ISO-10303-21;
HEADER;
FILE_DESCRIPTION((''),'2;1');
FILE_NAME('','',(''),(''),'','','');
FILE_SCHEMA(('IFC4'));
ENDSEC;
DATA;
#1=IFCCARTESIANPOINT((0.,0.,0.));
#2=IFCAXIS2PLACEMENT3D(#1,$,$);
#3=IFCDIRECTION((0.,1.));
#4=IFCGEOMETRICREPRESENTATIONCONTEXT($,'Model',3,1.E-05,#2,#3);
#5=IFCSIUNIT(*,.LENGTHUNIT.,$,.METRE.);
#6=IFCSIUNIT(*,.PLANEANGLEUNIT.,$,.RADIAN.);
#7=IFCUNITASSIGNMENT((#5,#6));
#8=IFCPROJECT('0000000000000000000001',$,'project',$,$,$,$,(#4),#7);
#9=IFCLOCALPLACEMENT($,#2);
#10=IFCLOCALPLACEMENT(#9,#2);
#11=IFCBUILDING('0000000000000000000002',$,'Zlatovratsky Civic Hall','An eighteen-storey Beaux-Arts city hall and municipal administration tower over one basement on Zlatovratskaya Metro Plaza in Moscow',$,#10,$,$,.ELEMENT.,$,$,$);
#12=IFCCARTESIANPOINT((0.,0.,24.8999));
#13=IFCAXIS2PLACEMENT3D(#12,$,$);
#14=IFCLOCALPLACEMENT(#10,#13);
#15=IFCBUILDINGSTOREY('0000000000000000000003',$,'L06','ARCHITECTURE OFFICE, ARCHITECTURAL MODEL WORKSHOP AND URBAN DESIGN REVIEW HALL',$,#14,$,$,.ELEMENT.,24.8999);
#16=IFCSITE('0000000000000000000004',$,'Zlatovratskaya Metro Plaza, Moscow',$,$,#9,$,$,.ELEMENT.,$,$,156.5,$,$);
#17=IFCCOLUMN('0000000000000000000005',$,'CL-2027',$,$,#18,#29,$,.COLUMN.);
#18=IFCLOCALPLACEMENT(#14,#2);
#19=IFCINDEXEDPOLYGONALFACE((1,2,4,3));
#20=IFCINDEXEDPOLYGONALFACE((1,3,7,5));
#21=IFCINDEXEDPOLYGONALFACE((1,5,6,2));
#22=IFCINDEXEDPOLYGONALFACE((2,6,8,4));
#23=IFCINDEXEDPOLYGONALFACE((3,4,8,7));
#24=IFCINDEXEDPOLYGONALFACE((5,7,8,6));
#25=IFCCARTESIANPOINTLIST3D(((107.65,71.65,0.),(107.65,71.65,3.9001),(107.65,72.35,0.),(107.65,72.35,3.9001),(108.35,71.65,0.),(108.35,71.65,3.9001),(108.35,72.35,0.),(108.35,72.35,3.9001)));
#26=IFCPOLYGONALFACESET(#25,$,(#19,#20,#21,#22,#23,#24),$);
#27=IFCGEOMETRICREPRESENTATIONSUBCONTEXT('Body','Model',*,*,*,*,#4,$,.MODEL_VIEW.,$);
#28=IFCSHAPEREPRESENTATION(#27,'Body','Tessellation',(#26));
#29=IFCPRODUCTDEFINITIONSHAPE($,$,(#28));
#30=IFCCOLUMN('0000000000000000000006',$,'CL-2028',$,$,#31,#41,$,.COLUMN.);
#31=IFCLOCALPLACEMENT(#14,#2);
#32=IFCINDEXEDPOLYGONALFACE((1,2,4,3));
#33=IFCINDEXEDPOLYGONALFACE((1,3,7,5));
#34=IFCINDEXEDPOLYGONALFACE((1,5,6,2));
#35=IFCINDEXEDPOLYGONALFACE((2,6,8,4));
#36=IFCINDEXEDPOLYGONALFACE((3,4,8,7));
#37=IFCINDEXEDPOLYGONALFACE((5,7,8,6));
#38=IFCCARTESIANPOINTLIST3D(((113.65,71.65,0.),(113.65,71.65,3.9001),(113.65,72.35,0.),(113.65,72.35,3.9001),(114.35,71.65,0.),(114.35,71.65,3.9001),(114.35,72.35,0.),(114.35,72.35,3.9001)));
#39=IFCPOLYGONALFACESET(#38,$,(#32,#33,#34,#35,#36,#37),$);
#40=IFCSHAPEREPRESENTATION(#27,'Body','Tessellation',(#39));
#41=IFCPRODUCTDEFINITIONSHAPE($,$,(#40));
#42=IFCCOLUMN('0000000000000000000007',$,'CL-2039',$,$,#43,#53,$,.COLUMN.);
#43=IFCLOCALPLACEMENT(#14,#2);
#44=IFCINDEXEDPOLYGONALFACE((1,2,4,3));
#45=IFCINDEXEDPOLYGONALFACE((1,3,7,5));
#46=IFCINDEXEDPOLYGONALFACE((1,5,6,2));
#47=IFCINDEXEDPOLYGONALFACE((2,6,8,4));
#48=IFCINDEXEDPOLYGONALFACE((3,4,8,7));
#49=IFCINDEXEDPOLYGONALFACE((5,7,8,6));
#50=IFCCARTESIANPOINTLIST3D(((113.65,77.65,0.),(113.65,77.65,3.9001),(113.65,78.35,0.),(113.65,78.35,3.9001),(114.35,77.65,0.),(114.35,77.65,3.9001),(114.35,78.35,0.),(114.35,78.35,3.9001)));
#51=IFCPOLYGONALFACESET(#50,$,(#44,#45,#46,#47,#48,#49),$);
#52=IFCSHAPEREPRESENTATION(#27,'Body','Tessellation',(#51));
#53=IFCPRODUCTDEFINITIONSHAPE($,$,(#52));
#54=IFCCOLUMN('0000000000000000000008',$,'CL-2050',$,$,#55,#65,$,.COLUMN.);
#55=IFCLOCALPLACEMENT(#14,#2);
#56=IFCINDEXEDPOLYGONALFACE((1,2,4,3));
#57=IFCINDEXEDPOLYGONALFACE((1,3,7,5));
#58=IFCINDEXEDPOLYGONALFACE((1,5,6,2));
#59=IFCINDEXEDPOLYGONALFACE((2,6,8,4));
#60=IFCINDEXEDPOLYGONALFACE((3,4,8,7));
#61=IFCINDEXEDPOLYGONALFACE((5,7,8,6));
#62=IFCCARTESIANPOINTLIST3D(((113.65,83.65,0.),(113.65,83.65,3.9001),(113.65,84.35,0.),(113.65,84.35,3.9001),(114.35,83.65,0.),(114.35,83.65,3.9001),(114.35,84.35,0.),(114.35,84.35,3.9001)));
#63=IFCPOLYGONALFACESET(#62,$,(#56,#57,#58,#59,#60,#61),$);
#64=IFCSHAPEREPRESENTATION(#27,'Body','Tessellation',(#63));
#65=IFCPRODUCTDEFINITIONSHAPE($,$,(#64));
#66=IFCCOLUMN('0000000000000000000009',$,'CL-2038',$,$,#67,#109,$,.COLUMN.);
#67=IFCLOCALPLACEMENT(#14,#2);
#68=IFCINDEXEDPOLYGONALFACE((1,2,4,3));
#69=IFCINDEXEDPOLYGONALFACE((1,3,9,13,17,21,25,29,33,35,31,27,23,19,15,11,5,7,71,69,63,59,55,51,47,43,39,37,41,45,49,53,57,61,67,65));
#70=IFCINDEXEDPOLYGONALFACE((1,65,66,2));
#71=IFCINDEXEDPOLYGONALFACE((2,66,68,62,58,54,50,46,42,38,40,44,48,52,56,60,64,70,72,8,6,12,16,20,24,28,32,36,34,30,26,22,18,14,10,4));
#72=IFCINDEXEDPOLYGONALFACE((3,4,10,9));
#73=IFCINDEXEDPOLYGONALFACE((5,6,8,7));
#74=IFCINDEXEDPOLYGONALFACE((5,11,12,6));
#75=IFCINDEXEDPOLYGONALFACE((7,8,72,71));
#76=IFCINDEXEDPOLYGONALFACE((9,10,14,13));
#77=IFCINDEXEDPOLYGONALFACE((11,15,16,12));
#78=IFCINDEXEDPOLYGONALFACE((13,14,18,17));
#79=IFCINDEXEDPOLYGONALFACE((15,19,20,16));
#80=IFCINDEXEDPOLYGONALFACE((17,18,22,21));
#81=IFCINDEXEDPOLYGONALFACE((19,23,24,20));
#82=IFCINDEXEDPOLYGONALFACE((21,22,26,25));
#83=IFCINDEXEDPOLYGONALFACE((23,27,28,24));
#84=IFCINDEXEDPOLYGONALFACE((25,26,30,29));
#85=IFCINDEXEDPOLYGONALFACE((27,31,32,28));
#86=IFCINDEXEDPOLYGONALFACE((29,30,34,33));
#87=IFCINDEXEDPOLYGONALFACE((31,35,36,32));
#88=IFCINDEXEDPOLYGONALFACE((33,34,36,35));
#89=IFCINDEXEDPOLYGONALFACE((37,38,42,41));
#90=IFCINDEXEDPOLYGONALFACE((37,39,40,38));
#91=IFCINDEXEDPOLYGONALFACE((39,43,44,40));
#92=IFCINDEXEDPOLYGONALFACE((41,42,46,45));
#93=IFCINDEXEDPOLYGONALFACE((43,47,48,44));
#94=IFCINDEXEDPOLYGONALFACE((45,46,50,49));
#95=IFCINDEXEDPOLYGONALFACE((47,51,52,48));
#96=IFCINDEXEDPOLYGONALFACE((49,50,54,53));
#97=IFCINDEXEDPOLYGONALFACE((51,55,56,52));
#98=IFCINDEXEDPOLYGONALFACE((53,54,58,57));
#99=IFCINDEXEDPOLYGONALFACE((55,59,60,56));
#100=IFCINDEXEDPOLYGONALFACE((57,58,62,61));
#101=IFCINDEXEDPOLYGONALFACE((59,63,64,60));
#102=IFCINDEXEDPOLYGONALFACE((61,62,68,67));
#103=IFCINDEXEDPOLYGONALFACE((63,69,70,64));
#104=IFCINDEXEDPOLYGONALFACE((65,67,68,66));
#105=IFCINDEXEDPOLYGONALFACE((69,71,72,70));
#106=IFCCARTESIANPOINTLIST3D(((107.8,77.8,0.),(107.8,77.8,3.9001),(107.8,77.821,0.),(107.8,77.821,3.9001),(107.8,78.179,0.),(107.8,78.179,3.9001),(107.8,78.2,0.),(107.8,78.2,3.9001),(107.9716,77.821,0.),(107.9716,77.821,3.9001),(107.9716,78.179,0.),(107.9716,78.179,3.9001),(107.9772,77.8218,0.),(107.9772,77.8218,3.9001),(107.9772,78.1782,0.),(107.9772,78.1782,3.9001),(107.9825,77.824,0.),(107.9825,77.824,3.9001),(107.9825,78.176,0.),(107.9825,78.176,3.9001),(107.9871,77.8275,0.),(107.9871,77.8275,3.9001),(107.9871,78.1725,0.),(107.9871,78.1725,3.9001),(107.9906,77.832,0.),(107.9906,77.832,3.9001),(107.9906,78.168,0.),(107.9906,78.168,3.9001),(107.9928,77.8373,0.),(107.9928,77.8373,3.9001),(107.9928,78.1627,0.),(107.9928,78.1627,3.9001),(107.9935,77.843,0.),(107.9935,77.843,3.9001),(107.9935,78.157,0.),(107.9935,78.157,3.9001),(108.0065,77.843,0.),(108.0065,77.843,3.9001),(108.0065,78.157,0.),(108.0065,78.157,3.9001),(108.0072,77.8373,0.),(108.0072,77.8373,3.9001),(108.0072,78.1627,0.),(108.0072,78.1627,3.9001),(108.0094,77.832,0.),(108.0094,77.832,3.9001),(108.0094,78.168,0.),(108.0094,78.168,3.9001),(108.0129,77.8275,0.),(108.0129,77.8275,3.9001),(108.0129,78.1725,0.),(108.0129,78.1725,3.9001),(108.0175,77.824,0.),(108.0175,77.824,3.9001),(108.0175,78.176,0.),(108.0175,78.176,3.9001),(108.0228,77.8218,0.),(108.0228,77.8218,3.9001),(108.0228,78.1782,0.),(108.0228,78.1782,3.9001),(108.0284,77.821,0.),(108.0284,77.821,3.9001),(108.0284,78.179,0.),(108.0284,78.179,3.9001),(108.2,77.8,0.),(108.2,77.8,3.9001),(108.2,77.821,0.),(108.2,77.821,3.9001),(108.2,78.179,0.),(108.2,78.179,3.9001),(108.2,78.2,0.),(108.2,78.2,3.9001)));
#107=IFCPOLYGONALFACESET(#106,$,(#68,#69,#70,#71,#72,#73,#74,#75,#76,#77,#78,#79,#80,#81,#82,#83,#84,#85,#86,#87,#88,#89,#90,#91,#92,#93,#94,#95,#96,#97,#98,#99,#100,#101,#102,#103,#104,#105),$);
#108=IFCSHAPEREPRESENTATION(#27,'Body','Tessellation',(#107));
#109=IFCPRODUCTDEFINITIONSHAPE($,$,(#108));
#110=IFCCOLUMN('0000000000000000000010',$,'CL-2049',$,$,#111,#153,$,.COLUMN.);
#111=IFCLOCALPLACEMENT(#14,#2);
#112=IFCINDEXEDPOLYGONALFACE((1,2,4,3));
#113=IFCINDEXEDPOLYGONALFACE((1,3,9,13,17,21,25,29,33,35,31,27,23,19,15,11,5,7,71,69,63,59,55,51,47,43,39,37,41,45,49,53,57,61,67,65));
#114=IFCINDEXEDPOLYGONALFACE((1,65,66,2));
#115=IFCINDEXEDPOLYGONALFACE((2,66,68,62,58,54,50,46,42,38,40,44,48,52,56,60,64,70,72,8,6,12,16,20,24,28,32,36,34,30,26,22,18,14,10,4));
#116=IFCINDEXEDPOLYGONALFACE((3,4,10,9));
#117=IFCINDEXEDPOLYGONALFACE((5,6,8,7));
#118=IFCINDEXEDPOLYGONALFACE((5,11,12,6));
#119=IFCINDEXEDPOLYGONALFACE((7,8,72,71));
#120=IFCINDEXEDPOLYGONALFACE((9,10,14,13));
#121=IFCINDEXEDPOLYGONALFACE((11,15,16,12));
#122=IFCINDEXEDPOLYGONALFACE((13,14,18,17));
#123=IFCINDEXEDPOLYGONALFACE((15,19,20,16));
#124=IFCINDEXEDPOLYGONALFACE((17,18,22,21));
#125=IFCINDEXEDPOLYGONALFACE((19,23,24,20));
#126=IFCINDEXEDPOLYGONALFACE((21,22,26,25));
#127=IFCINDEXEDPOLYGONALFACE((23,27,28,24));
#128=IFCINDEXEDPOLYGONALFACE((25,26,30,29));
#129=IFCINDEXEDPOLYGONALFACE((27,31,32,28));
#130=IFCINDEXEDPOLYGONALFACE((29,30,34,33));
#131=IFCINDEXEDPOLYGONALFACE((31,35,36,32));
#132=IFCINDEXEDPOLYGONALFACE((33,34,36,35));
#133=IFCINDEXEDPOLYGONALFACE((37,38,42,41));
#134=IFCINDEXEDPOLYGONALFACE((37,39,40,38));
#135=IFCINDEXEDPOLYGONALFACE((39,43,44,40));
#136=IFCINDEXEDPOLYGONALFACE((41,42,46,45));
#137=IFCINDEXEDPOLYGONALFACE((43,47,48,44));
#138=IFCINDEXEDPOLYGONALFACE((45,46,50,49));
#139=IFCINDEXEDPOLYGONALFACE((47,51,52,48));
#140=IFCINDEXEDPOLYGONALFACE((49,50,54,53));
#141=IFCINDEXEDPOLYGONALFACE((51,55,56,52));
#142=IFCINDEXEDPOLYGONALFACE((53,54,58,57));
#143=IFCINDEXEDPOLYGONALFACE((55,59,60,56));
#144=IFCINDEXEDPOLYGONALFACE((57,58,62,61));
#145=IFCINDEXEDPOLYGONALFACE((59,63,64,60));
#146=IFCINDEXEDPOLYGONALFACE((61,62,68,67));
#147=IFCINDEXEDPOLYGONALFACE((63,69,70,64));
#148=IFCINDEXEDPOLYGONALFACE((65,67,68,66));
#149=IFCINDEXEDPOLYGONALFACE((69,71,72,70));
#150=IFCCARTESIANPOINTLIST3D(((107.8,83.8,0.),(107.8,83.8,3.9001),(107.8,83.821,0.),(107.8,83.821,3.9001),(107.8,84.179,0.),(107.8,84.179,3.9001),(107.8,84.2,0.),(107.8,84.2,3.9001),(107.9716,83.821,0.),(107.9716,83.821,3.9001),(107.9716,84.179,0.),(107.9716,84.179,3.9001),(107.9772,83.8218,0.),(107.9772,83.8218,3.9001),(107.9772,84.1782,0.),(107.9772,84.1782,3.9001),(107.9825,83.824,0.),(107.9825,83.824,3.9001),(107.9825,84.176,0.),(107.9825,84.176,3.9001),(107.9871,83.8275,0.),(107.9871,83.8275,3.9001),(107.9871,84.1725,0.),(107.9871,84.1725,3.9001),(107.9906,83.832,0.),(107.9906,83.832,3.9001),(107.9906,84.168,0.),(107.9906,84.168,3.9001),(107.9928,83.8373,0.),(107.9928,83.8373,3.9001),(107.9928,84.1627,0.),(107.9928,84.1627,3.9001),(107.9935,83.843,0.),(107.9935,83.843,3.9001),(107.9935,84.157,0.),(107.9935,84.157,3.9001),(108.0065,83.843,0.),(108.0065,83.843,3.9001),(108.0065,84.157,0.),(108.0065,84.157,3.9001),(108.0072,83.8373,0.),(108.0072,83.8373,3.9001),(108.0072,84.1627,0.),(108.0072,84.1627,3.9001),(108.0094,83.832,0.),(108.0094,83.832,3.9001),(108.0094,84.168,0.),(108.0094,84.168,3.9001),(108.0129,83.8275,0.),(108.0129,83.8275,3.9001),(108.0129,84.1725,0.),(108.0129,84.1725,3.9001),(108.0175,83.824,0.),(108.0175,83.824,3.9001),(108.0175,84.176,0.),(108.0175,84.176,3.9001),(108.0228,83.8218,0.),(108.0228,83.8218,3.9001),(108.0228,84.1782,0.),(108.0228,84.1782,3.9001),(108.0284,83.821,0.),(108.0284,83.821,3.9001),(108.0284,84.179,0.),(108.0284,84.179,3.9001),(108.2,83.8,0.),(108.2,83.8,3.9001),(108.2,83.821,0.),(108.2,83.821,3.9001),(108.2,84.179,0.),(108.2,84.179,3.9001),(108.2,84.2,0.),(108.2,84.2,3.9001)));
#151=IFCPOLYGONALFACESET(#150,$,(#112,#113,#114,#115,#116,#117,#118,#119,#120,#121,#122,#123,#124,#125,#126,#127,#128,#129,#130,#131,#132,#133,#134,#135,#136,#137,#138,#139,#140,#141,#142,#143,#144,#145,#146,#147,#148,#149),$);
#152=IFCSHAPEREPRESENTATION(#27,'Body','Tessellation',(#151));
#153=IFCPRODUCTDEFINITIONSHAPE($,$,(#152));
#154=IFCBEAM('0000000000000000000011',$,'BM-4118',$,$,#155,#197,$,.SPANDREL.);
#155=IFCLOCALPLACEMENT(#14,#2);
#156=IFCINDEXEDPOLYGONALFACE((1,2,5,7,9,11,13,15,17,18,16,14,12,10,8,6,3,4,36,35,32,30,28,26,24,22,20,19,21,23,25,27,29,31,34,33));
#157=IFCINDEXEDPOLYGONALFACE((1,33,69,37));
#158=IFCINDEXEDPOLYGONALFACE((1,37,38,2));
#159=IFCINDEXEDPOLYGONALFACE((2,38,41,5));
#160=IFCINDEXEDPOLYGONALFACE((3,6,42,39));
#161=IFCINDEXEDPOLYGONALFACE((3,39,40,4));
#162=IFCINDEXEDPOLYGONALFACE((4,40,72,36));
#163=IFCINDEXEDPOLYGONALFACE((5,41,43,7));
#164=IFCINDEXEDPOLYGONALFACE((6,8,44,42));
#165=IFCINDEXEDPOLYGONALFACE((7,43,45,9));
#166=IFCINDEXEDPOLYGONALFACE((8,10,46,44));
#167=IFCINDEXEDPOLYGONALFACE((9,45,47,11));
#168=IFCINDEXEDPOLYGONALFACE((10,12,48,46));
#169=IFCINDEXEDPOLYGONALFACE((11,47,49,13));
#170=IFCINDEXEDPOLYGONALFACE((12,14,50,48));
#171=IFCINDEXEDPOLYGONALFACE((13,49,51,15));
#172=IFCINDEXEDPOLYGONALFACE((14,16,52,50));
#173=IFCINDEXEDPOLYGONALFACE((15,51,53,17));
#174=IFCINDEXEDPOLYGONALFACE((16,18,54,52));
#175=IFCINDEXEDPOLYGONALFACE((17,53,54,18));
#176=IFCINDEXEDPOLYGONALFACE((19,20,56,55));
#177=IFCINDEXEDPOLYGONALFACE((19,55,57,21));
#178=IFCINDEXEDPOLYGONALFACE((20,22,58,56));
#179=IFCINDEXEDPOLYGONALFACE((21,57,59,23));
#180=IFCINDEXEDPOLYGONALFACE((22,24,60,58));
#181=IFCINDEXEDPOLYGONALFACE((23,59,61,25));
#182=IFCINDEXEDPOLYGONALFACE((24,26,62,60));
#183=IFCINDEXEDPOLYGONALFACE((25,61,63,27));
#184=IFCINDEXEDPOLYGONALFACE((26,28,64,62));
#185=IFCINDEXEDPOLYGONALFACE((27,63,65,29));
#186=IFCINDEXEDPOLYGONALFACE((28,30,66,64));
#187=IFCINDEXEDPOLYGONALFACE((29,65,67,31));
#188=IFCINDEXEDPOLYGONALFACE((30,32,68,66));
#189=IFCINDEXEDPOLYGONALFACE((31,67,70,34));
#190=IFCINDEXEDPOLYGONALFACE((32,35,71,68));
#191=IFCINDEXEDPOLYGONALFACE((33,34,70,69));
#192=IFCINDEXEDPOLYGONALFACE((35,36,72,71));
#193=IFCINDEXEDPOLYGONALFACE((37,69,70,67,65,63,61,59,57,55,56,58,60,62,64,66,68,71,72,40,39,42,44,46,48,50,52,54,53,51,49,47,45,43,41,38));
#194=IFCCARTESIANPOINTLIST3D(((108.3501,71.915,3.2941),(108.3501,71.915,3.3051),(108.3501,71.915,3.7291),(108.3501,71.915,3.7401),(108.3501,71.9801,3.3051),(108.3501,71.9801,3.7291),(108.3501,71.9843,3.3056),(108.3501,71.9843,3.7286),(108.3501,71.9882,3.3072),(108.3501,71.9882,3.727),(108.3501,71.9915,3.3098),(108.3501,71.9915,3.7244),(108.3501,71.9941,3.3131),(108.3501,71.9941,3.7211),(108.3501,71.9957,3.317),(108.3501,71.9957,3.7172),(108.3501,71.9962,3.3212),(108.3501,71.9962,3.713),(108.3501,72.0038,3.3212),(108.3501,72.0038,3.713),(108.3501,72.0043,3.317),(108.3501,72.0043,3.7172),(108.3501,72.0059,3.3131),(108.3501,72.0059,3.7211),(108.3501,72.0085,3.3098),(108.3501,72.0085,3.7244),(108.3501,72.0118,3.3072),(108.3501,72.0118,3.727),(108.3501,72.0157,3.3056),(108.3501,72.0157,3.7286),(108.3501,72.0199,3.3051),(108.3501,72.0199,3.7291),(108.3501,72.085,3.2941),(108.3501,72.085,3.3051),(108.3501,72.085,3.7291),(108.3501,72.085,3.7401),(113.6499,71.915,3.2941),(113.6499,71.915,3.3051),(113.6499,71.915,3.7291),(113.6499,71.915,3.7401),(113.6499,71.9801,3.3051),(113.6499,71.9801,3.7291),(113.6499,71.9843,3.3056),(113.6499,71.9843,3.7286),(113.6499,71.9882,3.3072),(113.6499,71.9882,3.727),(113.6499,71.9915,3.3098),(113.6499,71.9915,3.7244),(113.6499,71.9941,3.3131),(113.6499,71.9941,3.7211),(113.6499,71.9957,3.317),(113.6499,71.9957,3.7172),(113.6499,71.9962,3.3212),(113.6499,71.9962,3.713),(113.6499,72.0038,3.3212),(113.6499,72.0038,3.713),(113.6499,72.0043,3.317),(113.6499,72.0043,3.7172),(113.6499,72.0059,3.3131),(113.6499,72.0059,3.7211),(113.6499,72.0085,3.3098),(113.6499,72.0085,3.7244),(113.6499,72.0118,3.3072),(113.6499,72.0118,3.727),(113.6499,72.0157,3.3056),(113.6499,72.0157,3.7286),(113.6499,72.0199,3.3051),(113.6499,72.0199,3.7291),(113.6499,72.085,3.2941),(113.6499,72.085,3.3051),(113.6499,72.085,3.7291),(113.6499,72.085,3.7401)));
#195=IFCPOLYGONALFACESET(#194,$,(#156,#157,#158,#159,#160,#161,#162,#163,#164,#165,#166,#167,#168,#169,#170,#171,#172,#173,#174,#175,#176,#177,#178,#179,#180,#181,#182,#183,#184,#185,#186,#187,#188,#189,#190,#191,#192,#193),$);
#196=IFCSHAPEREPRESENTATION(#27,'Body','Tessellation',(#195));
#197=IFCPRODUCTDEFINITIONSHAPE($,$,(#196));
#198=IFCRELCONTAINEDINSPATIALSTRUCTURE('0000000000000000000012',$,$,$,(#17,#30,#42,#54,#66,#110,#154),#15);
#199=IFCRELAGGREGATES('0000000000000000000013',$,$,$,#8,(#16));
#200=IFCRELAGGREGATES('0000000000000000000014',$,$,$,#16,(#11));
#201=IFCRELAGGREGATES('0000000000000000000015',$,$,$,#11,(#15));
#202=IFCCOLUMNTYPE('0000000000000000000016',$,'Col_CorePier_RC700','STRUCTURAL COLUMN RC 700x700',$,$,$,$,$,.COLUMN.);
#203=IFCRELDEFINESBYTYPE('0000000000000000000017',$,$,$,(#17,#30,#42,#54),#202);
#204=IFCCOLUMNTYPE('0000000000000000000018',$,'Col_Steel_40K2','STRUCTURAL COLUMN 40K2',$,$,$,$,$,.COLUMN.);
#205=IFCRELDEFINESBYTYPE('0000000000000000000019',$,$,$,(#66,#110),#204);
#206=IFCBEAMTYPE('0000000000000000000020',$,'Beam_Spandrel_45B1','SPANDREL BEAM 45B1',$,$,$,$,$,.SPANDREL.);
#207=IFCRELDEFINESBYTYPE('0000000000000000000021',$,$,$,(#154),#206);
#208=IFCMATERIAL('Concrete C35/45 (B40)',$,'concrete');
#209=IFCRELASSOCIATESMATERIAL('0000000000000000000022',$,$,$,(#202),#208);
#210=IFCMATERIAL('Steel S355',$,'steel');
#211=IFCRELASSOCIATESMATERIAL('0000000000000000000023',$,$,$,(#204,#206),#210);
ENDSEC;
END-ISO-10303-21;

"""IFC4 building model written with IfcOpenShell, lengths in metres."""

from ifc_helpers import new_model, si_unit, direction, frame, origin, origin_2d, place, context, subcontext, project, spatial, rectangle, i_section, extrude, material, material_profile, profile_set, type_object, element, save


model = new_model("IFC4")

# Units and contexts
model_context = context("Model", 3, precision=1e-05, world=origin(), true_north=direction((0.0, 1.0)))
body_context = subcontext(model_context, "Body", "Model", "MODEL_VIEW")
ifc_project = project(units=[si_unit("LENGTHUNIT", "METRE"), si_unit("PLANEANGLEUNIT", "RADIAN")], contexts=[model_context])

# Site, building, storey
site_placement = place(None, origin())
site = spatial("IfcSite", under=ifc_project, at=site_placement, Name="Zlatovratskaya Metro Plaza, Moscow", CompositionType="ELEMENT", RefElevation=156.5)
building_placement = place(site_placement, origin())
building = spatial("IfcBuilding", under=site, at=building_placement, Name="Zlatovratsky Civic Hall", Description="An eighteen-storey Beaux-Arts city hall and municipal administration tower over one basement on Zlatovratskaya Metro Plaza in Moscow", CompositionType="ELEMENT")
storey_placement = place(building_placement, frame((0.0, 0.0, 24.8999)))
storey = spatial("IfcBuildingStorey", under=building, at=storey_placement, Name="L06", Description="ARCHITECTURE OFFICE, ARCHITECTURAL MODEL WORKSHOP AND URBAN DESIGN REVIEW HALL", CompositionType="ELEMENT", Elevation=24.8999)

# Columns
ifc_material_1 = material(Name="Concrete C35/45 (B40)", Category="concrete")
ifc_material_profile_1 = material_profile(ifc_material_1, rectangle(XDim=0.7, YDim=0.7, at=origin_2d()), Name="RC 700x700")
ifc_profile_set_1 = profile_set([ifc_material_profile_1], Name="Concrete C35/45 (B40)")
column_type_1 = type_object("IfcColumnType", Name="Col_CorePier_RC700", Description="STRUCTURAL COLUMN RC 700x700", PredefinedType="COLUMN", material=ifc_profile_set_1)
for number, where, z_axis, x_axis, name in (
    (1, (108.0, 72.0, 0.0), (0.0, 0.0, 1.0), (1.0, 0.0, 0.0), "CL-2027"),
    (2, (114.0, 72.0, 0.0), (0.0, 0.0, 1.0), (1.0, 0.0, 0.0), "CL-2028"),
    (3, (114.0, 78.0, 0.0), (0.0, 0.0, 1.0), (1.0, 0.0, 0.0), "CL-2039"),
    (4, (114.0, 84.0, 0.0), (0.0, 0.0, 1.0), (1.0, 0.0, 0.0), "CL-2050"),
):
    element("IfcColumn", number, at=place(storey_placement, frame(where, z_axis=z_axis, x_axis=x_axis)), inside=storey, type_object=column_type_1, Name=name, PredefinedType="COLUMN", context=body_context, shape_type="SweptSolid", body=[
        extrude(rectangle(XDim=0.7, YDim=0.7, at=origin_2d()), origin(), (0.0, 0.0, 1.0), 3.9001),
    ])
ifc_material_2 = material(Name="Steel S355", Category="steel")
ifc_material_profile_2 = material_profile(ifc_material_2, i_section(OverallWidth=0.3999, OverallDepth=0.3999, WebThickness=0.0129, FlangeThickness=0.021, FilletRadius=0.022, at=origin_2d()), Name="40K2")
ifc_profile_set_2 = profile_set([ifc_material_profile_2], Name="Steel S355")
column_type_2 = type_object("IfcColumnType", Name="Col_Steel_40K2", Description="STRUCTURAL COLUMN 40K2", PredefinedType="COLUMN", material=ifc_profile_set_2)
for number, where, z_axis, x_axis, name in (
    (5, (108.0, 78.0, 0.0), (0.0, 0.0, 1.0), (1.0, 0.0, 0.0), "CL-2038"),
    (6, (108.0, 84.0, 0.0), (0.0, 0.0, 1.0), (1.0, 0.0, 0.0), "CL-2049"),
):
    element("IfcColumn", number, at=place(storey_placement, frame(where, z_axis=z_axis, x_axis=x_axis)), inside=storey, type_object=column_type_2, Name=name, PredefinedType="COLUMN", context=body_context, shape_type="SweptSolid", body=[
        extrude(i_section(OverallWidth=0.3999, OverallDepth=0.3999, WebThickness=0.0129, FlangeThickness=0.021, FilletRadius=0.022, at=origin_2d()), origin(), (0.0, 0.0, 1.0), 3.9001),
    ])

# Beam
ifc_material_profile_3 = material_profile(ifc_material_2, i_section(OverallWidth=0.1699, OverallDepth=0.446, WebThickness=0.0076, FlangeThickness=0.011, FilletRadius=0.0161, at=origin_2d()), Name="45B1")
ifc_profile_set_3 = profile_set([ifc_material_profile_3], Name="Steel S355")
beam_type_1 = type_object("IfcBeamType", Name="Beam_Spandrel_45B1", Description="SPANDREL BEAM 45B1", PredefinedType="SPANDREL", material=ifc_profile_set_3)
for number, where, z_axis, x_axis, name in (
    (7, (108.3501, 72.0, 3.5171), (1.0, 0.0, 0.0), (0.0, 1.0, 0.0), "BM-4118"),
):
    element("IfcBeam", number, at=place(storey_placement, frame(where, z_axis=z_axis, x_axis=x_axis)), inside=storey, type_object=beam_type_1, Name=name, PredefinedType="SPANDREL", context=body_context, shape_type="SweptSolid", body=[
        extrude(i_section(OverallWidth=0.1699, OverallDepth=0.446, WebThickness=0.0076, FlangeThickness=0.011, FilletRadius=0.0161, at=origin_2d()), origin(), (0.0, 0.0, 1.0), 5.2998),
    ])

save(model, "model.ifc")
